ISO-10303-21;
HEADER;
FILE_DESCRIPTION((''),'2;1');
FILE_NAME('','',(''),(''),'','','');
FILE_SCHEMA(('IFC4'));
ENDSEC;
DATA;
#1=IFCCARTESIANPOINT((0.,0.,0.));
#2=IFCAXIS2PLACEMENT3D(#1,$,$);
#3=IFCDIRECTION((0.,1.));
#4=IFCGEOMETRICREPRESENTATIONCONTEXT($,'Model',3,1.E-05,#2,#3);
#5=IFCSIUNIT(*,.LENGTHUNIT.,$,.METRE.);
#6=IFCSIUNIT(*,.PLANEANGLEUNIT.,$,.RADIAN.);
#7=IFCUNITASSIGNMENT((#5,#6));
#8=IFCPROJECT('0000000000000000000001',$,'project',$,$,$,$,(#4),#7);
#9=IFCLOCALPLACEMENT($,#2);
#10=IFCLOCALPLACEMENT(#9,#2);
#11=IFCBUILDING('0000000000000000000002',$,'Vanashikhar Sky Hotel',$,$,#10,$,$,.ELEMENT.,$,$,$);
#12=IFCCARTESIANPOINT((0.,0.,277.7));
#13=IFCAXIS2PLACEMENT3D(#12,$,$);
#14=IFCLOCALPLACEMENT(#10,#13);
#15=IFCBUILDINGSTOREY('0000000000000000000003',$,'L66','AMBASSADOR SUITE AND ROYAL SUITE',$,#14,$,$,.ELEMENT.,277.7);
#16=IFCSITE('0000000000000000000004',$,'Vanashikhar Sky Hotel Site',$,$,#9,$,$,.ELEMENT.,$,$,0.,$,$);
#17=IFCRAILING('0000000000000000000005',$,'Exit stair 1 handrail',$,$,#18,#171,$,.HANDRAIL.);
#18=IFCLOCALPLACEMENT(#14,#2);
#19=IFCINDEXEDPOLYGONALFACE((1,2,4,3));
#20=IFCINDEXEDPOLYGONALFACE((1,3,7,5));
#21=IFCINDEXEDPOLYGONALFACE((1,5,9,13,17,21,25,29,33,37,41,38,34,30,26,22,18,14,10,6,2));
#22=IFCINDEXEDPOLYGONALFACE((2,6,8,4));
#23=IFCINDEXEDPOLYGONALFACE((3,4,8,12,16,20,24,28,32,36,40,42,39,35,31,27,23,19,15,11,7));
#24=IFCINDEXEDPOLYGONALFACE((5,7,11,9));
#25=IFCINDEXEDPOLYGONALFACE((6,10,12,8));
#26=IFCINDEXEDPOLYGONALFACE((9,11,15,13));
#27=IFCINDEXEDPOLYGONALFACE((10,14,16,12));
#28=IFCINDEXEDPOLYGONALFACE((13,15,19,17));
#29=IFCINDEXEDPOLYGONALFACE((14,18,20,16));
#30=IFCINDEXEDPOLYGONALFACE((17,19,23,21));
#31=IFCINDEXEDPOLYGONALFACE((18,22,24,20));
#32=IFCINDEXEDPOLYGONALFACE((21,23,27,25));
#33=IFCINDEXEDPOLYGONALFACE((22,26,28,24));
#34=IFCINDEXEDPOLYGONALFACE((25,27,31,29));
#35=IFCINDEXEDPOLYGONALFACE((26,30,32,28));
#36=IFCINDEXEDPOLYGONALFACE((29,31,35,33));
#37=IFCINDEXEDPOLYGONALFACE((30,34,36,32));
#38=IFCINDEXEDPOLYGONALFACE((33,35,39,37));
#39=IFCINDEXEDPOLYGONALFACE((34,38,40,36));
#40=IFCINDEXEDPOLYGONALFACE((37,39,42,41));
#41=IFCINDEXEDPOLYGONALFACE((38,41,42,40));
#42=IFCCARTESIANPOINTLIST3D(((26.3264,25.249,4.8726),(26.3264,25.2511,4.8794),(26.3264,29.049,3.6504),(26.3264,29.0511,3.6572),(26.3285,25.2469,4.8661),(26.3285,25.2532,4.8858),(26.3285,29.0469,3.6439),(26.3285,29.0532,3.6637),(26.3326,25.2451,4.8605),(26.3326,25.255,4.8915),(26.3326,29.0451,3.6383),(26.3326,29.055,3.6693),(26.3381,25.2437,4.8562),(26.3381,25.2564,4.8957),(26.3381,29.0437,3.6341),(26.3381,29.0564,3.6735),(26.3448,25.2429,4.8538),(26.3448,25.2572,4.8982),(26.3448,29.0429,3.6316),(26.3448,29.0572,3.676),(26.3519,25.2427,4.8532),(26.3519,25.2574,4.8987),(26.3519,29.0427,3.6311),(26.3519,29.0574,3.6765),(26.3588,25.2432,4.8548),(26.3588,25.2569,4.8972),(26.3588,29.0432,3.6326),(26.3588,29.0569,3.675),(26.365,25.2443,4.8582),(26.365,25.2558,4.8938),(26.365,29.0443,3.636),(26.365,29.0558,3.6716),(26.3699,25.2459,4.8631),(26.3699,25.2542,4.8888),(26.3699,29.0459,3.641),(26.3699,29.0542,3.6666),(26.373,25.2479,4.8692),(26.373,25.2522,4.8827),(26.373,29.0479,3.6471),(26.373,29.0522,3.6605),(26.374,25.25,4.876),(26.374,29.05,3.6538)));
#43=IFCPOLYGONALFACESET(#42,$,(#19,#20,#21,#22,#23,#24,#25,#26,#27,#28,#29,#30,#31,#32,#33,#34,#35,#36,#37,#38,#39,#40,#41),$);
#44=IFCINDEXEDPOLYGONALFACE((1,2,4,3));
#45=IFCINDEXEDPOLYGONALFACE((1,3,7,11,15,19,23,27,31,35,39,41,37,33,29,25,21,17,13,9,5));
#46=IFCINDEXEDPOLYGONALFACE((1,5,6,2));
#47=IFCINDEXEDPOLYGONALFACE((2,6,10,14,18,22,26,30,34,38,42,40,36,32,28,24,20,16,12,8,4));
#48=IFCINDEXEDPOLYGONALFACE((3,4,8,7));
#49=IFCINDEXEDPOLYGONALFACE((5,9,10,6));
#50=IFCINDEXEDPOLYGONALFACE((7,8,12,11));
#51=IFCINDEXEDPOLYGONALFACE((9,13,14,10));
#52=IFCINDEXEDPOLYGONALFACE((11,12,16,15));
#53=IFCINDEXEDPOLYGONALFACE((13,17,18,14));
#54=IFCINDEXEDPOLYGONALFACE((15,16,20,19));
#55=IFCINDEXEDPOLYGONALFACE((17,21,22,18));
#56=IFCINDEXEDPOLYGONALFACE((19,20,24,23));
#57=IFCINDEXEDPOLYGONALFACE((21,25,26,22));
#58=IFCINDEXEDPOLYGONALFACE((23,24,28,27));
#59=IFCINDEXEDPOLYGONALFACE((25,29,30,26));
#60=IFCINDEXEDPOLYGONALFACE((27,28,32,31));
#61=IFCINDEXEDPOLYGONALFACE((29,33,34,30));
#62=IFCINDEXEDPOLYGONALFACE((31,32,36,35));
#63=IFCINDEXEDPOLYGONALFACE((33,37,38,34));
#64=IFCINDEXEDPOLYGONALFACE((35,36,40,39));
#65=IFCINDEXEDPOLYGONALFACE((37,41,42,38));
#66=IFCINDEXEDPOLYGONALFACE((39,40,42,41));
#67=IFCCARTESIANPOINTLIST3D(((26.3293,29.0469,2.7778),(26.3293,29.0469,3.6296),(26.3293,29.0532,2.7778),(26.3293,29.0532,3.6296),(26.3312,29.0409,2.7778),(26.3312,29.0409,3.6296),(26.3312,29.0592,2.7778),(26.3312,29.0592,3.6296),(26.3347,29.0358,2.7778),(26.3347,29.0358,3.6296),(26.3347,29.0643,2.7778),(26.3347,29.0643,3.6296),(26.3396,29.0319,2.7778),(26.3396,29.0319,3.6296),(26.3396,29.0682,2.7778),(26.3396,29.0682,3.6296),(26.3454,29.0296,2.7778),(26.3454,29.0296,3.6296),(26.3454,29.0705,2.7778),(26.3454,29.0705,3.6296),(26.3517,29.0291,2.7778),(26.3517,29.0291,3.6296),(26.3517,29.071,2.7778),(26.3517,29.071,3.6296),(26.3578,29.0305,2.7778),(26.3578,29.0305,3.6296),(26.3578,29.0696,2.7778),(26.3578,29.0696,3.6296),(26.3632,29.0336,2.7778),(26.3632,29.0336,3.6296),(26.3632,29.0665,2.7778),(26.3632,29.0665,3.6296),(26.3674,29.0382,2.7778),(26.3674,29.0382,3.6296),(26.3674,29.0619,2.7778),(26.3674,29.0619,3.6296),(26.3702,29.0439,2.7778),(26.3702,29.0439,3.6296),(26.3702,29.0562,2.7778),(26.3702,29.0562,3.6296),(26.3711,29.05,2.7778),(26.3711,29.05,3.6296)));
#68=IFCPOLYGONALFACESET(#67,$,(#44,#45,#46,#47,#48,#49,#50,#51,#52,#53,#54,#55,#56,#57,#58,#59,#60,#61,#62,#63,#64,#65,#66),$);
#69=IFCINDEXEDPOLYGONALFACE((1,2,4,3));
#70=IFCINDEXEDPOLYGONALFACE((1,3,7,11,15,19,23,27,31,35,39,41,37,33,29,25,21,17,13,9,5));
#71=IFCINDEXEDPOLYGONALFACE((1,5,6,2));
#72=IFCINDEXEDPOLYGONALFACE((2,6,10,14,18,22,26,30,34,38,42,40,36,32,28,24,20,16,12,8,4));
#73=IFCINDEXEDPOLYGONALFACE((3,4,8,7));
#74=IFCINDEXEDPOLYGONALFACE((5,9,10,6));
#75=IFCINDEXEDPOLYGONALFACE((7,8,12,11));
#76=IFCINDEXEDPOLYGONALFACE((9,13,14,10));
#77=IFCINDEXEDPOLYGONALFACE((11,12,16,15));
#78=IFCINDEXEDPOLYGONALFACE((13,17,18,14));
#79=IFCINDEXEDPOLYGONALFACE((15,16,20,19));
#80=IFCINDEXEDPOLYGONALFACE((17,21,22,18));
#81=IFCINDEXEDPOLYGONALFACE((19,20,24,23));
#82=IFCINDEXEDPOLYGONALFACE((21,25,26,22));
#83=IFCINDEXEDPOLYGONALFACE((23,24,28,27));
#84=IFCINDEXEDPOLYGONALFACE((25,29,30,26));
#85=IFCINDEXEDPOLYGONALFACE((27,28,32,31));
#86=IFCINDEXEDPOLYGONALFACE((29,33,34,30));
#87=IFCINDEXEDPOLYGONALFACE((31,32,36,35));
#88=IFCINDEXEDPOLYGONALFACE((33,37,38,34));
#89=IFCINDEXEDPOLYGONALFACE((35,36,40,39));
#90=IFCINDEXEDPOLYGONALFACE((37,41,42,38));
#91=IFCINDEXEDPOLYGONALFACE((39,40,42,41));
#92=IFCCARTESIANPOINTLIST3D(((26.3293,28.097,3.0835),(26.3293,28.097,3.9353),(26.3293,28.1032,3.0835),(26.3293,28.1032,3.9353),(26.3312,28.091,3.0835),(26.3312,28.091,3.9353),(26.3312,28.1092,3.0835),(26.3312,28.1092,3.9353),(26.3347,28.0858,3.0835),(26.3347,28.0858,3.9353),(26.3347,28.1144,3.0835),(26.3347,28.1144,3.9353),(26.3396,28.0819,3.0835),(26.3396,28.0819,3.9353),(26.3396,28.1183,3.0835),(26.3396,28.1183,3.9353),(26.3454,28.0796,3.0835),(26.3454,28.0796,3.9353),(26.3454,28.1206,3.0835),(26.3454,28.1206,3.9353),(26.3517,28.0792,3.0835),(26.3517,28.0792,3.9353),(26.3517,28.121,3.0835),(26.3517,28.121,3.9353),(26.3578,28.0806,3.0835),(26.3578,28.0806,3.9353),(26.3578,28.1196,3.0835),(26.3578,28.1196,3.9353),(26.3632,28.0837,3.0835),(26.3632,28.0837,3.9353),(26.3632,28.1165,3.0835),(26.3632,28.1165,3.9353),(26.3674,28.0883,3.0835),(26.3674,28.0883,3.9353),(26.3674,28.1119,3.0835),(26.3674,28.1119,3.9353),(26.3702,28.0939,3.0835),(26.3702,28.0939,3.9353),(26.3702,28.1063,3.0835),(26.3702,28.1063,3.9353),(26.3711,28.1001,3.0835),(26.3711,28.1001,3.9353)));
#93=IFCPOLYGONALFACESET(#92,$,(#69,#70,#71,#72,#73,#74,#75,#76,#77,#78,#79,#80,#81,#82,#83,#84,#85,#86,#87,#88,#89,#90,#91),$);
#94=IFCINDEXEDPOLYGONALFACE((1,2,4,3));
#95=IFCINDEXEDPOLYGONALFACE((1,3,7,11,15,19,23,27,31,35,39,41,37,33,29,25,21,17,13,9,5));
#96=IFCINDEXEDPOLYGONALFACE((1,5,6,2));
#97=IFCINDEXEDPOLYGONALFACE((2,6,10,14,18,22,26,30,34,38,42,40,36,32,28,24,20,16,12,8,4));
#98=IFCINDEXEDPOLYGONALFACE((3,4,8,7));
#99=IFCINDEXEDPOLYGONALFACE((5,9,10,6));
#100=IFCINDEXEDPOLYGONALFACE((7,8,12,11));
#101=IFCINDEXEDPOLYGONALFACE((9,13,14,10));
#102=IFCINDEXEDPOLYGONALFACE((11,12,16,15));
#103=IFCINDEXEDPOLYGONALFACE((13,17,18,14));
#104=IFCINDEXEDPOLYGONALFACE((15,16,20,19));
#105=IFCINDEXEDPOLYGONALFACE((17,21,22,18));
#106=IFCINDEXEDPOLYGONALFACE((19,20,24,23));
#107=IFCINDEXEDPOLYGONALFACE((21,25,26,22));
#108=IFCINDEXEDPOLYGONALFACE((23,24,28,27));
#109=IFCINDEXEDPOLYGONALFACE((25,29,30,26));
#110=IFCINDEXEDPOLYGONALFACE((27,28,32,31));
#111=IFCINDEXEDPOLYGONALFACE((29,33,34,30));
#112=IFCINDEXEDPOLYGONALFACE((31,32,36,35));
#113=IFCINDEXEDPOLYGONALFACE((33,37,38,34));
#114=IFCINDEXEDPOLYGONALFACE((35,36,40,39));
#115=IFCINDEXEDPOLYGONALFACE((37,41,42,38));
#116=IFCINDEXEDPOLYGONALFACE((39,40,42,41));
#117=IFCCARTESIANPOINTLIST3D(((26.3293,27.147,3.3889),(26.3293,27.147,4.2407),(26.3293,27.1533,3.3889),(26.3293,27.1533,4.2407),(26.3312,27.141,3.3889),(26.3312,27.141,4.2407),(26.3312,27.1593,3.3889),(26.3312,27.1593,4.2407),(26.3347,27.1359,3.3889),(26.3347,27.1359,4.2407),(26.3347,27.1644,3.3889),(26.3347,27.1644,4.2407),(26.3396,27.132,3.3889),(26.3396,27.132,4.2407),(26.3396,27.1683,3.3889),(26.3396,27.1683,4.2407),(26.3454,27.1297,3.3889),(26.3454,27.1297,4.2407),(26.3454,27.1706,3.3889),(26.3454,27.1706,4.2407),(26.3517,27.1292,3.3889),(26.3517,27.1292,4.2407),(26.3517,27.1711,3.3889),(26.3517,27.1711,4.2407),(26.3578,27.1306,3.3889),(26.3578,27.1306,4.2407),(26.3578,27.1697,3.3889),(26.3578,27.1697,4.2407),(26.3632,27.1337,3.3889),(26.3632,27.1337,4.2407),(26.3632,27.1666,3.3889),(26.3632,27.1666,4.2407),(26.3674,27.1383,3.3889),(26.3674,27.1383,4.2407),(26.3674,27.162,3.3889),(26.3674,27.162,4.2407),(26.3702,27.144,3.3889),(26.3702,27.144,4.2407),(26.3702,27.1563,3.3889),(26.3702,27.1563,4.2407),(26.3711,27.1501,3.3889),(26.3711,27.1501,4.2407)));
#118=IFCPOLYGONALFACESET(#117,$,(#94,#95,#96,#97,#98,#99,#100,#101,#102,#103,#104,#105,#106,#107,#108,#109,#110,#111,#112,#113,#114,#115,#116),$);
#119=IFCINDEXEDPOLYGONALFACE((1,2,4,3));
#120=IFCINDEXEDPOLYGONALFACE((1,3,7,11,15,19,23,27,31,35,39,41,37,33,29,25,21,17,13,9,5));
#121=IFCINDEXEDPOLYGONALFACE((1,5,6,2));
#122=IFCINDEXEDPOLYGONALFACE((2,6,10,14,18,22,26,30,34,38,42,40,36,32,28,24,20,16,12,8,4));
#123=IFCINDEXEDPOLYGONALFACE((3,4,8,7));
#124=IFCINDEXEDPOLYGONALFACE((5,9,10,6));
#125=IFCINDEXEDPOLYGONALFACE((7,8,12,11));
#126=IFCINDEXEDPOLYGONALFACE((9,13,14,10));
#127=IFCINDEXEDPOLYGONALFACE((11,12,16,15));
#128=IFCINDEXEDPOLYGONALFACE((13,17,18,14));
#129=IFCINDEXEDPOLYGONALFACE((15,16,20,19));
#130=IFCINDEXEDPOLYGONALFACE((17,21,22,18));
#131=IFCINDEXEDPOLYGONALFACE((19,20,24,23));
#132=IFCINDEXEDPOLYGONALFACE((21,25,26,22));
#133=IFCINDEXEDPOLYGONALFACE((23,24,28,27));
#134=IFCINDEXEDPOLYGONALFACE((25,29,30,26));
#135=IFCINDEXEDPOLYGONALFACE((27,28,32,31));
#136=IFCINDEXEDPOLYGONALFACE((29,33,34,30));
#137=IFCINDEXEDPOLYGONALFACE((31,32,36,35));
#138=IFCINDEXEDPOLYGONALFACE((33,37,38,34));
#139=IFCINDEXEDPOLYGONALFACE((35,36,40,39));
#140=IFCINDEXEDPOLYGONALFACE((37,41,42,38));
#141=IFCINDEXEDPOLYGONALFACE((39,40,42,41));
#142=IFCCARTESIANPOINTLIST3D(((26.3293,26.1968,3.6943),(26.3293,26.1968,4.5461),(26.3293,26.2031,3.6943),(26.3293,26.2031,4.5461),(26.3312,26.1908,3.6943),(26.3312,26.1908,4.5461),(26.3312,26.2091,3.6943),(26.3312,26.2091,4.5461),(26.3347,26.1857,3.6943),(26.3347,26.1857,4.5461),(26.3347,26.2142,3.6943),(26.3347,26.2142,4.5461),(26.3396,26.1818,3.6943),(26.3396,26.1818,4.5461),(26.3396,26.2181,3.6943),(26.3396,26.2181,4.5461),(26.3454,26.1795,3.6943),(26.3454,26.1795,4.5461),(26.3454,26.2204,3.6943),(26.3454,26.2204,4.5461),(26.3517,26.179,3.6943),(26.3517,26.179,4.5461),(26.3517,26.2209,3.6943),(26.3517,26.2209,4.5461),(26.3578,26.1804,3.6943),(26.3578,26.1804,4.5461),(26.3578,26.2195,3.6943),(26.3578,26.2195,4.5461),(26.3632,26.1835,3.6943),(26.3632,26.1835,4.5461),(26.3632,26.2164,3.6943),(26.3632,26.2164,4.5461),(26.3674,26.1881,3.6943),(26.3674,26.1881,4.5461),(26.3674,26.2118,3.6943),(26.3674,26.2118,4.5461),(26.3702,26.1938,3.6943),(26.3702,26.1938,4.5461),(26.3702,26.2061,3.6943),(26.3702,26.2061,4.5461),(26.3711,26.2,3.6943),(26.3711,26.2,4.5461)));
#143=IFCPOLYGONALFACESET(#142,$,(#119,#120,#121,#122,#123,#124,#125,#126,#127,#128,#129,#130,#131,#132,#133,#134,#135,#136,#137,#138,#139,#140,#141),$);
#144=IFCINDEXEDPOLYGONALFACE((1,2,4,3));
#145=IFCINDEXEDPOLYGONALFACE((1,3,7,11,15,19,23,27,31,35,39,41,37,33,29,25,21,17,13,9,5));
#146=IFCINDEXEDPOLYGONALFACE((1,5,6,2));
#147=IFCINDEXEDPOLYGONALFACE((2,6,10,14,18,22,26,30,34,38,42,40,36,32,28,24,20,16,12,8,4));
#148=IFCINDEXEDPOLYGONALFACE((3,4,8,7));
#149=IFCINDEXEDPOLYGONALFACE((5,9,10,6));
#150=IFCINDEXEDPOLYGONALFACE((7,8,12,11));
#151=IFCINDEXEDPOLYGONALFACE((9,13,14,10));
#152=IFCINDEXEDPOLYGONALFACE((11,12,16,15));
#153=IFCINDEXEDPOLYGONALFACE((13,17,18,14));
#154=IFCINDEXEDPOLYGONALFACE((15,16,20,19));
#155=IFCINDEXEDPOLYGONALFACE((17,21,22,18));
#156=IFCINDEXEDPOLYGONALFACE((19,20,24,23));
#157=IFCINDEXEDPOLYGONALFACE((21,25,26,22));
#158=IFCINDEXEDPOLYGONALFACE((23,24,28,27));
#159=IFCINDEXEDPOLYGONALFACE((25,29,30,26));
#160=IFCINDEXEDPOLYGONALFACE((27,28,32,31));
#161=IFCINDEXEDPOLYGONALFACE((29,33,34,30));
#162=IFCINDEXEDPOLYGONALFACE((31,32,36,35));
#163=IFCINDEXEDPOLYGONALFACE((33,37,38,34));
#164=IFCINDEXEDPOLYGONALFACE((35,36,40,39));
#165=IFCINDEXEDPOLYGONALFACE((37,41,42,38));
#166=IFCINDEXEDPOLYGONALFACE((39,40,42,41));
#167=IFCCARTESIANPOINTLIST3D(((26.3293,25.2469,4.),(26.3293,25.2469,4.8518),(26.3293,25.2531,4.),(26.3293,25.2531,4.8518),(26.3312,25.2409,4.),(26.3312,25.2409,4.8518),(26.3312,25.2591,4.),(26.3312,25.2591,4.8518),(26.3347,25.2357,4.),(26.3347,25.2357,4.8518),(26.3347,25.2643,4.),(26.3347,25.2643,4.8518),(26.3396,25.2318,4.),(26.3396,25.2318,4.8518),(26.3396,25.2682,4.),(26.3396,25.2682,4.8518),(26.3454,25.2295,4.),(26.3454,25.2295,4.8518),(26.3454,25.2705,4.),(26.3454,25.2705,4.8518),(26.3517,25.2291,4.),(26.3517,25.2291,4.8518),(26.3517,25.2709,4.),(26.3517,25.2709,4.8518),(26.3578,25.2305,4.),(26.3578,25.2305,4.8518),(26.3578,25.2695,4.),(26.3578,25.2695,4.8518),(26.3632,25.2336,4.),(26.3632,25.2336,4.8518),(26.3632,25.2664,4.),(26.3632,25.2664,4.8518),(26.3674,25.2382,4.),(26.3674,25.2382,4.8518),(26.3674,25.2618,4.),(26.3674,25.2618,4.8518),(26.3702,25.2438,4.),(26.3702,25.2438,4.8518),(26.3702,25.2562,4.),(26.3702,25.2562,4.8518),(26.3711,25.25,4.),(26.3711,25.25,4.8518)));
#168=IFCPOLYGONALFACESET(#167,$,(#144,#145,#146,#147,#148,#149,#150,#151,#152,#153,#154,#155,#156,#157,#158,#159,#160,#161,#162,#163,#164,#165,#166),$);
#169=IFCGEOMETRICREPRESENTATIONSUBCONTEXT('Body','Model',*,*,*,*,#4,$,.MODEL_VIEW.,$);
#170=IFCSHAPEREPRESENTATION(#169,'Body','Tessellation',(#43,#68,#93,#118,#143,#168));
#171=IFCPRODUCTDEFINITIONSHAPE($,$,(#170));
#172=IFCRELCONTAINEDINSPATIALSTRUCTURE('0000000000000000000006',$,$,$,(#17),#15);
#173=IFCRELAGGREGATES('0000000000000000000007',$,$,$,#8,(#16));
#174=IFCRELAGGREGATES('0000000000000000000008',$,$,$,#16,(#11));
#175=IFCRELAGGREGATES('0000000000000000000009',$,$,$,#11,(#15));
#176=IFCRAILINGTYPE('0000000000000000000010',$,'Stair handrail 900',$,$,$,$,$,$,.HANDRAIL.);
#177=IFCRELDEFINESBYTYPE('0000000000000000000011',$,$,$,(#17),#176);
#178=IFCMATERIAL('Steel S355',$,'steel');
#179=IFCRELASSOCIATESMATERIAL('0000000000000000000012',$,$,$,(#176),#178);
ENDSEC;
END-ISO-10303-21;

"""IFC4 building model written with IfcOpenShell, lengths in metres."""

from ifc_helpers import new_model, si_unit, direction, frame, origin, origin_2d, place, context, subcontext, project, spatial, circle, extrude, source, transform, mapped, material, type_object, element, save


model = new_model("IFC4")

# Units and contexts
model_context = context("Model", 3, precision=1e-05, world=origin(), true_north=direction((0.0, 1.0)))
body_context = subcontext(model_context, "Body", "Model", "MODEL_VIEW")
ifc_project = project(units=[si_unit("LENGTHUNIT", "METRE"), si_unit("PLANEANGLEUNIT", "RADIAN")], contexts=[model_context])

# Site, building, storey
site_placement = place(None, origin())
site = spatial("IfcSite", under=ifc_project, at=site_placement, Name="Vanashikhar Sky Hotel Site", CompositionType="ELEMENT", RefElevation=0.0)
building_placement = place(site_placement, origin())
building = spatial("IfcBuilding", under=site, at=building_placement, Name="Vanashikhar Sky Hotel", CompositionType="ELEMENT")
storey_placement = place(building_placement, frame((0.0, 0.0, 277.7)))
storey = spatial("IfcBuildingStorey", under=building, at=storey_placement, Name="L66", Description="AMBASSADOR SUITE AND ROYAL SUITE", CompositionType="ELEMENT", Elevation=277.7)

# Railing
ifc_material_1 = material(Name="Steel S355", Category="steel")
railing_type_1 = type_object("IfcRailingType", Name="Stair handrail 900", PredefinedType="HANDRAIL", material=ifc_material_1)
shared_shape_1 = source(origin(), body_context, "Body", "SweptSolid", [
    extrude(circle(Radius=0.0239, at=origin_2d()), frame((0.0, 0.0, 0.876), z_axis=(0.0, -0.951976, 0.306173), x_axis=(1.0, 0.0, 0.0)), (0.0, 0.0, 1.0), 3.9917),
    extrude(circle(Radius=0.021, at=origin_2d()), origin(), (0.0, 0.0, 1.0), 0.8518),
    extrude(circle(Radius=0.021, at=origin_2d()), frame((0.0, -0.95, 0.3057)), (0.0, 0.0, 1.0), 0.8518),
    extrude(circle(Radius=0.021, at=origin_2d()), frame((0.0, -1.8999, 0.6111)), (0.0, 0.0, 1.0), 0.8518),
    extrude(circle(Radius=0.021, at=origin_2d()), frame((0.0, -2.8501, 0.9165)), (0.0, 0.0, 1.0), 0.8518),
    extrude(circle(Radius=0.021, at=origin_2d()), frame((0.0, -3.8, 1.2222)), (0.0, 0.0, 1.0), 0.8518),
])
railing_1_placement = place(storey_placement, frame((26.3501, 29.05, 2.7778)))
element("IfcRailing", 1, at=railing_1_placement, inside=storey, type_object=railing_type_1, Name="Exit stair 1 handrail", PredefinedType="HANDRAIL", context=body_context, shape_type="MappedRepresentation", body=[
    mapped(shared_shape_1, transform((0.0, 0.0, 0.0), scale=1.0)),
])

save(model, "model.ifc")
